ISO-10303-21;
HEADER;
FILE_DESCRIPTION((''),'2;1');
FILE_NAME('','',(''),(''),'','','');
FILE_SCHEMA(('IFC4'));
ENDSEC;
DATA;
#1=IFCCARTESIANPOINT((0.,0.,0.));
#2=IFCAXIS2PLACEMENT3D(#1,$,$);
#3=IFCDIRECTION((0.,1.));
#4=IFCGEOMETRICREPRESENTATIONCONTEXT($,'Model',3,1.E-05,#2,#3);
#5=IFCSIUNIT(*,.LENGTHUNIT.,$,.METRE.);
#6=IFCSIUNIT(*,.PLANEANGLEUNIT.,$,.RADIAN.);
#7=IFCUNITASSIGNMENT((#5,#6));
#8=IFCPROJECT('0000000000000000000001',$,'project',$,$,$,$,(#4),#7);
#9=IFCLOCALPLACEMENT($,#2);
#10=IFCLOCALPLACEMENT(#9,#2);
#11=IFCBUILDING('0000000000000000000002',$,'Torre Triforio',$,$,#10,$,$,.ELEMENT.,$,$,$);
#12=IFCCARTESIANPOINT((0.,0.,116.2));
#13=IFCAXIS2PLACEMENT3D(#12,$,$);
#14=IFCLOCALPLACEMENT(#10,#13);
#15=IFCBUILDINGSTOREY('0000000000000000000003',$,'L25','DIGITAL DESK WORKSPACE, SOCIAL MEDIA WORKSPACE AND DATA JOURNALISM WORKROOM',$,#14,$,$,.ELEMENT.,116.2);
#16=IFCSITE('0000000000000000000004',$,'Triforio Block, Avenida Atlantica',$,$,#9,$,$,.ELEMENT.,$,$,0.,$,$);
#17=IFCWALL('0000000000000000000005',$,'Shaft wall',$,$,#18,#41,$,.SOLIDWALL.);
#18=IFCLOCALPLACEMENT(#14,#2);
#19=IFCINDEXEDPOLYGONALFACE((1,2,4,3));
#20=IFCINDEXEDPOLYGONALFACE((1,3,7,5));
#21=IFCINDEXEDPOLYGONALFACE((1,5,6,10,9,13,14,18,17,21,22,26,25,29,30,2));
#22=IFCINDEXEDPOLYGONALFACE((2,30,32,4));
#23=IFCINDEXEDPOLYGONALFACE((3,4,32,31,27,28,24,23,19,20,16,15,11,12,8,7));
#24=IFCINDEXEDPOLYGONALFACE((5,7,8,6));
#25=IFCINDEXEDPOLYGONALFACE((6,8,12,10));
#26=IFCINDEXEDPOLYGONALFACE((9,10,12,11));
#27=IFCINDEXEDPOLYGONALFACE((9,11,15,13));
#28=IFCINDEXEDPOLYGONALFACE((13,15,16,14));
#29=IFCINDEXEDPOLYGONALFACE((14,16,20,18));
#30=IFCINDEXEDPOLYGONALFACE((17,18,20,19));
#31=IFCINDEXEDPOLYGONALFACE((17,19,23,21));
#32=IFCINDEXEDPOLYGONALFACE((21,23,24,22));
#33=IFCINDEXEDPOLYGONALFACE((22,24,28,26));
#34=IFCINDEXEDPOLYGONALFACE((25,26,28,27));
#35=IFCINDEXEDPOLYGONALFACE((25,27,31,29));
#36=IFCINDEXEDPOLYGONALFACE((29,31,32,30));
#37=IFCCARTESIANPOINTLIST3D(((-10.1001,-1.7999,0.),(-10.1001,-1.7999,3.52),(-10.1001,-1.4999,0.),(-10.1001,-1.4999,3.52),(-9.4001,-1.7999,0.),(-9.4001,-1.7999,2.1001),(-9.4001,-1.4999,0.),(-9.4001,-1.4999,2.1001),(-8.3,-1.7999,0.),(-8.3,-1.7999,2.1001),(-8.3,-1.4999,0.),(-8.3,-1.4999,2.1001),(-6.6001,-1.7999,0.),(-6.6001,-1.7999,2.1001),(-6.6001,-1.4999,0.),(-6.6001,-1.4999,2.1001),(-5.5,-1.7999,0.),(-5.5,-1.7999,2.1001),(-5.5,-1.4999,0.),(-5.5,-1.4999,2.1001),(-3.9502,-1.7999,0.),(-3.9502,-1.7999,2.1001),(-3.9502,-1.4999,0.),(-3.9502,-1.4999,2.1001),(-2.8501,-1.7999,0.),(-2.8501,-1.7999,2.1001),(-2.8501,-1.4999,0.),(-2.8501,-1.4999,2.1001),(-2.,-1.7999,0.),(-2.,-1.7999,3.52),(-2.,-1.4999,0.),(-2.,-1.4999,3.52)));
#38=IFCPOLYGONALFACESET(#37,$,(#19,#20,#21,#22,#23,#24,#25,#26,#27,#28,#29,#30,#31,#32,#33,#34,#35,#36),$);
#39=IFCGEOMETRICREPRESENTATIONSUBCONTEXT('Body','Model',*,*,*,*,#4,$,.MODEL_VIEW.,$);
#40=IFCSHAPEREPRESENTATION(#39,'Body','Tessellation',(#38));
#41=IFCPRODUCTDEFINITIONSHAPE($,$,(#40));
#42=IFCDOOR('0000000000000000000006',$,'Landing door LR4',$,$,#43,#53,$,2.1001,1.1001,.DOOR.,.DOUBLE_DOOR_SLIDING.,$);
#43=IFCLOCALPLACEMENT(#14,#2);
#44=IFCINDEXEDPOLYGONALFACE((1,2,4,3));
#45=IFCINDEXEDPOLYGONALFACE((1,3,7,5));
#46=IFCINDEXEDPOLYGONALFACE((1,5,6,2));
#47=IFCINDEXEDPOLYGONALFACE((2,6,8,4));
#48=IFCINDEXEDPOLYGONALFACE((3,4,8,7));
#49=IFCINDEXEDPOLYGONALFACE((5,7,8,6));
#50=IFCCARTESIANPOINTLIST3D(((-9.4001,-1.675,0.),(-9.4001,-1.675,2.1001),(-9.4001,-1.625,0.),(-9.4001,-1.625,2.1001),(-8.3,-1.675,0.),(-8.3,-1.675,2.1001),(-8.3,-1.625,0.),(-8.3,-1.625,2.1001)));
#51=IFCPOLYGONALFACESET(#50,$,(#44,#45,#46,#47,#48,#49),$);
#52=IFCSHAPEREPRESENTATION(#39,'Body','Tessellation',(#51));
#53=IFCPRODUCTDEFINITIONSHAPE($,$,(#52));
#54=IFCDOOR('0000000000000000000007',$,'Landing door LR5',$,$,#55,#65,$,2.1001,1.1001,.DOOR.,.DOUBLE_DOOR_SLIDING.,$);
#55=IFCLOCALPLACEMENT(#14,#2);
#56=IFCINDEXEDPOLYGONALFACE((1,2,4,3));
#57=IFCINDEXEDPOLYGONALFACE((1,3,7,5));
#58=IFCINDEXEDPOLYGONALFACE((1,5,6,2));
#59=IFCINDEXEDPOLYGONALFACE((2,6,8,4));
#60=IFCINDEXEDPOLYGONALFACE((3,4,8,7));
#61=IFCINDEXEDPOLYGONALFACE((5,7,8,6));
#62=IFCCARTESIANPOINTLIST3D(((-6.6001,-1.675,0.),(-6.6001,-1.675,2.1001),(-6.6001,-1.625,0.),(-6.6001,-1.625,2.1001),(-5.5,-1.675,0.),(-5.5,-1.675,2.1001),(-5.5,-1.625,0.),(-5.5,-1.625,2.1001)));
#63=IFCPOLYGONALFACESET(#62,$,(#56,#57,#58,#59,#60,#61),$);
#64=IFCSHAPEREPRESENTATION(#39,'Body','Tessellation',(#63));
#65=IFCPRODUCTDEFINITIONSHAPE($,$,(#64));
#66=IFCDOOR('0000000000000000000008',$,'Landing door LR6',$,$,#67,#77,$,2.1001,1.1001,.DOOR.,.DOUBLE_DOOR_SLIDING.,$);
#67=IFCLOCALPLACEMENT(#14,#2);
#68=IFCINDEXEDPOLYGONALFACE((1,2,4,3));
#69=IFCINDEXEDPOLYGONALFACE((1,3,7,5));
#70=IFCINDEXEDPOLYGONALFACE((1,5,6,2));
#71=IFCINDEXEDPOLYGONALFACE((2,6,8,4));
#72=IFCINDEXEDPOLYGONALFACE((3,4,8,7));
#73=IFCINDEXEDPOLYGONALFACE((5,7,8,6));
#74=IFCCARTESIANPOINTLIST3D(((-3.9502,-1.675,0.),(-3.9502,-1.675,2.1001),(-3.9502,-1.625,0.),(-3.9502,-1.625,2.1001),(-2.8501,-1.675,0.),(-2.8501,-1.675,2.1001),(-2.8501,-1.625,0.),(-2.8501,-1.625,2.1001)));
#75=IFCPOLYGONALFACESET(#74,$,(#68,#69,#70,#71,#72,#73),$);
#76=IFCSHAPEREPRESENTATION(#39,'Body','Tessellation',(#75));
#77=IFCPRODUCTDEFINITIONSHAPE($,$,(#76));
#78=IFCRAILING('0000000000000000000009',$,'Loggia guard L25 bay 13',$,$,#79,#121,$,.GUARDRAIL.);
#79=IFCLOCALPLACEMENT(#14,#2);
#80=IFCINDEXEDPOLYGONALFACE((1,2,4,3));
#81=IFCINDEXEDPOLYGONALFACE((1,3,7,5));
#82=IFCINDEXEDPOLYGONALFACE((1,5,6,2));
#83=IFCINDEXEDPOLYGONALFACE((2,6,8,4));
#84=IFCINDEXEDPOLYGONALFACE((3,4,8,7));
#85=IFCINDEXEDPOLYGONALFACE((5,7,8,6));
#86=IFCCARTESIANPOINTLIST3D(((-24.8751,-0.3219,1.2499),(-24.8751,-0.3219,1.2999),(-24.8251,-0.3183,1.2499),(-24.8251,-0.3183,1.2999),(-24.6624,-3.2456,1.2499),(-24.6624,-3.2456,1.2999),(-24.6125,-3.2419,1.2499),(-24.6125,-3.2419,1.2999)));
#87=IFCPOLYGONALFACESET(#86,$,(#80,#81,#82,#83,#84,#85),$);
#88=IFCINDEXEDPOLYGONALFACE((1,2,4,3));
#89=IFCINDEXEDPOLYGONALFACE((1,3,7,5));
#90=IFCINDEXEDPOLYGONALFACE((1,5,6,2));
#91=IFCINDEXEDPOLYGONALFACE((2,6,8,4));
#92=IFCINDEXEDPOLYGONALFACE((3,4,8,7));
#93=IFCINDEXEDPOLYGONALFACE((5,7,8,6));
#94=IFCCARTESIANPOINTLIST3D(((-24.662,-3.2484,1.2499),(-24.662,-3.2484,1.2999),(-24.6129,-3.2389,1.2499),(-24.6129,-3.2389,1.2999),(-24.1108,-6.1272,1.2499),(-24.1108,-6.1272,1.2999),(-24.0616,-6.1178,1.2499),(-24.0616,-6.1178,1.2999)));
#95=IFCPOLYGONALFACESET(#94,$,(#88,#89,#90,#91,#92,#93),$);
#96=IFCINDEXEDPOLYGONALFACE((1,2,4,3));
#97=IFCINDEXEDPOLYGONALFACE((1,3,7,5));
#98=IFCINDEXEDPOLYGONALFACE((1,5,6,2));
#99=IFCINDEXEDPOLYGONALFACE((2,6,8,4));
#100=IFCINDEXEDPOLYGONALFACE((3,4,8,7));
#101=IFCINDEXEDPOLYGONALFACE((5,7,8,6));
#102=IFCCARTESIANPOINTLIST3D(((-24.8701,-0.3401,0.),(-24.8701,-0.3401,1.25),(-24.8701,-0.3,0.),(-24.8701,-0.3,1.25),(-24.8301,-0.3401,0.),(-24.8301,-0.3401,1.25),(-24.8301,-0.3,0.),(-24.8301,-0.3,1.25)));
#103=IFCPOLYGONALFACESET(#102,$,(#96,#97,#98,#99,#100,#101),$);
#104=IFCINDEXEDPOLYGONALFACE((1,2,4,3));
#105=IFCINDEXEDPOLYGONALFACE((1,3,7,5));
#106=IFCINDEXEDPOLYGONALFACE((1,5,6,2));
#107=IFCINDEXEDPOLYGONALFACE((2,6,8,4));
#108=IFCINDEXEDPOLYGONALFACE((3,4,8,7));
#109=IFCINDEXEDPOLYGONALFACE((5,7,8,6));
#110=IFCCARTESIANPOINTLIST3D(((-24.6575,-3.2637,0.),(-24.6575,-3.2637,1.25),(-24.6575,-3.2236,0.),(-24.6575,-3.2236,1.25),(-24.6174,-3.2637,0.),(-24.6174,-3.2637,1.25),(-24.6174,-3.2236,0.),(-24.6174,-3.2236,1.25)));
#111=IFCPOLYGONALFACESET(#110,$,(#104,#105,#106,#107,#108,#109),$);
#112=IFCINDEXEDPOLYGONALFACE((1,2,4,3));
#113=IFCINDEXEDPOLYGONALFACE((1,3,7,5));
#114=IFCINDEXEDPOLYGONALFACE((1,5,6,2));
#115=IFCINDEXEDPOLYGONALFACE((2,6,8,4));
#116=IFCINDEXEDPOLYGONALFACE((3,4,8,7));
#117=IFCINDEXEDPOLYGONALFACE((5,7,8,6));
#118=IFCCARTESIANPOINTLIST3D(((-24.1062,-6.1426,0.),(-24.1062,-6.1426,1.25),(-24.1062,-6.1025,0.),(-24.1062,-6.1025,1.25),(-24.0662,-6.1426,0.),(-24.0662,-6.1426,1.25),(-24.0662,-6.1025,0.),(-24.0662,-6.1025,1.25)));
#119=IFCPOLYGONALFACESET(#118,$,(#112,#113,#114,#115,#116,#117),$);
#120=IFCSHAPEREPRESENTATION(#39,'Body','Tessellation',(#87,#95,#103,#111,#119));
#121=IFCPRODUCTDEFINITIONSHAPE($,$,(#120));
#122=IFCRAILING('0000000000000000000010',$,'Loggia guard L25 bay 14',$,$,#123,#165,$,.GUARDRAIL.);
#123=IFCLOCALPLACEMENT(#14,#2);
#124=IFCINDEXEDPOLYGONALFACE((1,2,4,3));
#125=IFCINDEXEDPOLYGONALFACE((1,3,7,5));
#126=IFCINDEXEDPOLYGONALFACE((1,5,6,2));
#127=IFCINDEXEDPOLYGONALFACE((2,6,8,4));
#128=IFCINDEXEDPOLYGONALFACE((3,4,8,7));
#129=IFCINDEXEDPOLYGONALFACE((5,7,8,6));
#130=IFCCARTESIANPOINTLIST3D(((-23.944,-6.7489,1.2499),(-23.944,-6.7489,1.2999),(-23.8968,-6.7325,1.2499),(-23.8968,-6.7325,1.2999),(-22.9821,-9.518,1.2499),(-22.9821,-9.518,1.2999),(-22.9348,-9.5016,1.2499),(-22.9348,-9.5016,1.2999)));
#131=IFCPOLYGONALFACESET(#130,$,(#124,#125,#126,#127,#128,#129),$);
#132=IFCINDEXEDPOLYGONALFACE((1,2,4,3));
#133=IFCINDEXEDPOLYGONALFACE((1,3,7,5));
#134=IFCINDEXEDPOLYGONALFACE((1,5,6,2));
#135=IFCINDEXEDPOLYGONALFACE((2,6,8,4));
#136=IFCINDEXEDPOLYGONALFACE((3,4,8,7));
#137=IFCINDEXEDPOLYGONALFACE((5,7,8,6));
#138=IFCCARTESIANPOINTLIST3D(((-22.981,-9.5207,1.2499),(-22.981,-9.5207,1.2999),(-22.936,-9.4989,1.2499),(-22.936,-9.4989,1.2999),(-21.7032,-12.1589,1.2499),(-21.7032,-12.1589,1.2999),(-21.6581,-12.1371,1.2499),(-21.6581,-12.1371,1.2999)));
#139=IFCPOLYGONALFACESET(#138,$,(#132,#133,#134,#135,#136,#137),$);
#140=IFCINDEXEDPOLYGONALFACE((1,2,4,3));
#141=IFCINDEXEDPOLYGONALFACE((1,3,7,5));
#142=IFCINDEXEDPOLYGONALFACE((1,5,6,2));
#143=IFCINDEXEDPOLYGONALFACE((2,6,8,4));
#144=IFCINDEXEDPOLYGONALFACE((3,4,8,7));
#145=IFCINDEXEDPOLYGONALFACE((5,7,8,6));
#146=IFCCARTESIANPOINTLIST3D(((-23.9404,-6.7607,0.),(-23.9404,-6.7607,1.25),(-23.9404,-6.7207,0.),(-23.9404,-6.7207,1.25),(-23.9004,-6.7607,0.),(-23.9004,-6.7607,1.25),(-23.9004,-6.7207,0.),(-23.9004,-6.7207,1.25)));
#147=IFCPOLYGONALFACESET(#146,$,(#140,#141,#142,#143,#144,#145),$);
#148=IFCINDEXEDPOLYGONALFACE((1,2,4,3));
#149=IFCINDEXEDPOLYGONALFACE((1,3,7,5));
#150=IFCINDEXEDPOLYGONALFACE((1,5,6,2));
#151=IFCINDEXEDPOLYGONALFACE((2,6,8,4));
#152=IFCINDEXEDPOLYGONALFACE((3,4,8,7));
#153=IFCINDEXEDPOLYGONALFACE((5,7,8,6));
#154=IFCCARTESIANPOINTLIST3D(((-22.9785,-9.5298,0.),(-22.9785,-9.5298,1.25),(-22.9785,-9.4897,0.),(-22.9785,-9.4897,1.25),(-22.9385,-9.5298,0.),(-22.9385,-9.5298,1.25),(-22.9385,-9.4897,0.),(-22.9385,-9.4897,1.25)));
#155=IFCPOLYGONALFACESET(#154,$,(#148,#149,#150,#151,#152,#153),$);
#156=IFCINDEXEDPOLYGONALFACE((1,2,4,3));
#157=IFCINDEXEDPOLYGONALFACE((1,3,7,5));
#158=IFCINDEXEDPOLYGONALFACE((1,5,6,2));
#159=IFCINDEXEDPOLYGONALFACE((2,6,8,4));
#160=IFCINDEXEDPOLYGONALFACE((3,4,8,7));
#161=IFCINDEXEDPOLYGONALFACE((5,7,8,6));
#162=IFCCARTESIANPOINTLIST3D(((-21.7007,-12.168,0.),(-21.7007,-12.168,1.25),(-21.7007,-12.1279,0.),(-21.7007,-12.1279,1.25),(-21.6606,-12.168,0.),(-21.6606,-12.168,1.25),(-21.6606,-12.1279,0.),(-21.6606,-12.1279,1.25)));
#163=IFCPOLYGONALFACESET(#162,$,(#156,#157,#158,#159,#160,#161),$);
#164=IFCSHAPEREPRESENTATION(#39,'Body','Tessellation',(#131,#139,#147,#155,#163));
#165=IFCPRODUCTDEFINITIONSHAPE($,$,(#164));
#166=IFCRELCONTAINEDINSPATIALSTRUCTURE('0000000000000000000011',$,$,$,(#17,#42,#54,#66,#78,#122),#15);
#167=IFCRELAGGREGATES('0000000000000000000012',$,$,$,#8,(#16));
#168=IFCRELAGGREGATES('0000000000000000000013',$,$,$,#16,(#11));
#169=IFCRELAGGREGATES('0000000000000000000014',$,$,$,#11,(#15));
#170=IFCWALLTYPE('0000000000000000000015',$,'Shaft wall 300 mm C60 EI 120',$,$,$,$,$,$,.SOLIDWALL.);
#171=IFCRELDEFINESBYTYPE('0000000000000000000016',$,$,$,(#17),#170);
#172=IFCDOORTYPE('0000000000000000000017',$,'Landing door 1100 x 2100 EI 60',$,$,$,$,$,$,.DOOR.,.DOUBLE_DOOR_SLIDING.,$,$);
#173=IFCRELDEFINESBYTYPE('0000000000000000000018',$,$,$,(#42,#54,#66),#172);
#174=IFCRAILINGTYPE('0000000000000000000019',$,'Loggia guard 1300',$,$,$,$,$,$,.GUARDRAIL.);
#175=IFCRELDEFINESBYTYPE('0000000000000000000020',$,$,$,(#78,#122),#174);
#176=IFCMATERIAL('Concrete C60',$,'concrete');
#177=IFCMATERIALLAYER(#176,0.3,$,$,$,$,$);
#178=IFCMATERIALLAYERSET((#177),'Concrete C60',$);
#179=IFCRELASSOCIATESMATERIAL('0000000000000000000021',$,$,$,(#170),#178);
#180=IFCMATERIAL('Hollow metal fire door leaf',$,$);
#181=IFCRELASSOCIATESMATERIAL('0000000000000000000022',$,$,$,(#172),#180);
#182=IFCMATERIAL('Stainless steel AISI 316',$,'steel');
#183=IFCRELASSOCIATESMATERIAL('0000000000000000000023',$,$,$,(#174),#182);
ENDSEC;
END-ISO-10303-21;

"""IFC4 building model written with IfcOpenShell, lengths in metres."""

from ifc_helpers import new_model, si_unit, direction, frame, frame_2d, origin, origin_2d, place, context, subcontext, project, spatial, rectangle, extrude, material, layer, layer_set, type_object, element, fill, save


model = new_model("IFC4")

# Units and contexts
model_context = context("Model", 3, precision=1e-05, world=origin(), true_north=direction((0.0, 1.0)))
body_context = subcontext(model_context, "Body", "Model", "MODEL_VIEW")
ifc_project = project(units=[si_unit("LENGTHUNIT", "METRE"), si_unit("PLANEANGLEUNIT", "RADIAN")], contexts=[model_context])

# Site, building, storey
site_placement = place(None, origin())
site = spatial("IfcSite", under=ifc_project, at=site_placement, Name="Triforio Block, Avenida Atlantica", CompositionType="ELEMENT", RefElevation=0.0)
building_placement = place(site_placement, origin())
building = spatial("IfcBuilding", under=site, at=building_placement, Name="Torre Triforio", CompositionType="ELEMENT")
storey_placement = place(building_placement, frame((0.0, 0.0, 116.2)))
storey = spatial("IfcBuildingStorey", under=building, at=storey_placement, Name="L25", Description="DIGITAL DESK WORKSPACE, SOCIAL MEDIA WORKSPACE AND DATA JOURNALISM WORKROOM", CompositionType="ELEMENT", Elevation=116.2)

# Shared definitions
ifc_material_1 = material(Name="Concrete C60", Category="concrete")

# Shared definitions
ifc_material_2 = material(Name="Hollow metal fire door leaf")

# Shared definitions
ifc_layer_1 = layer(ifc_material_1, 0.3)
ifc_layer_set_1 = layer_set([ifc_layer_1], Name="Concrete C60")
wall_type_1 = type_object("IfcWallType", Name="Shaft wall 300 mm C60 EI 120", PredefinedType="SOLIDWALL", material=ifc_layer_set_1)

# Wall, openings, doors
wall_1_placement = place(storey_placement, frame((-10.1001, -1.6499, 0.0), z_axis=(0.0, 0.0, 1.0), x_axis=(1.0, 0.0, 0.0)))
wall_1 = element("IfcWall", 1, at=wall_1_placement, inside=storey, type_object=wall_type_1, Name="Shaft wall", PredefinedType="SOLIDWALL", context=body_context, shape_type="SweptSolid", body=[
    extrude(rectangle(XDim=8.1001, YDim=0.3, at=frame_2d((4.05, 0.0))), origin(), (0.0, 0.0, 1.0), 3.52),
])
opening_1_placement = place(wall_1_placement, frame((0.7, 0.0, 0.0)))
opening_1 = element("IfcOpeningElement", 2, at=opening_1_placement, cuts=wall_1, PredefinedType="OPENING", context=body_context, shape_type="SweptSolid", body=[
    extrude(rectangle(XDim=1.1001, YDim=2.1001, at=frame_2d((0.55, 1.05))), frame((0.0, 0.1599, 0.0), z_axis=(0.0, -1.0, 0.0), x_axis=(1.0, 0.0, 0.0)), (0.0, 0.0, 1.0), 0.3201),
])
opening_2_placement = place(wall_1_placement, frame((3.5, 0.0, 0.0)))
opening_2 = element("IfcOpeningElement", 3, at=opening_2_placement, cuts=wall_1, PredefinedType="OPENING", context=body_context, shape_type="SweptSolid", body=[
    extrude(rectangle(XDim=1.1001, YDim=2.1001, at=frame_2d((0.55, 1.05))), frame((0.0, 0.1599, 0.0), z_axis=(0.0, -1.0, 0.0), x_axis=(1.0, 0.0, 0.0)), (0.0, 0.0, 1.0), 0.3201),
])
opening_3_placement = place(wall_1_placement, frame((6.1499, 0.0, 0.0)))
opening_3 = element("IfcOpeningElement", 4, at=opening_3_placement, cuts=wall_1, PredefinedType="OPENING", context=body_context, shape_type="SweptSolid", body=[
    extrude(rectangle(XDim=1.1001, YDim=2.1001, at=frame_2d((0.55, 1.05))), frame((0.0, 0.1599, 0.0), z_axis=(0.0, -1.0, 0.0), x_axis=(1.0, 0.0, 0.0)), (0.0, 0.0, 1.0), 0.3201),
])
door_type_1 = type_object("IfcDoorType", Name="Landing door 1100 x 2100 EI 60", OperationType="DOUBLE_DOOR_SLIDING", PredefinedType="DOOR", material=ifc_material_2)
door_1_placement = place(opening_1_placement, origin())
door_1 = element("IfcDoor", 5, at=door_1_placement, inside=storey, type_object=door_type_1, Name="Landing door LR4", OperationType="DOUBLE_DOOR_SLIDING", OverallHeight=2.1001, OverallWidth=1.1001, PredefinedType="DOOR", context=body_context, shape_type="SweptSolid", body=[
    extrude(rectangle(XDim=1.1001, YDim=2.1001, at=frame_2d((0.55, 1.05))), frame((0.0, 0.0249, 0.0), z_axis=(0.0, -1.0, 0.0), x_axis=(1.0, 0.0, 0.0)), (0.0, 0.0, 1.0), 0.05),
])
fill(opening_1, door_1)
door_2_placement = place(opening_2_placement, origin())
door_2 = element("IfcDoor", 6, at=door_2_placement, inside=storey, type_object=door_type_1, Name="Landing door LR5", OperationType="DOUBLE_DOOR_SLIDING", OverallHeight=2.1001, OverallWidth=1.1001, PredefinedType="DOOR", context=body_context, shape_type="SweptSolid", body=[
    extrude(rectangle(XDim=1.1001, YDim=2.1001, at=frame_2d((0.55, 1.05))), frame((0.0, 0.0249, 0.0), z_axis=(0.0, -1.0, 0.0), x_axis=(1.0, 0.0, 0.0)), (0.0, 0.0, 1.0), 0.05),
])
fill(opening_2, door_2)
door_3_placement = place(opening_3_placement, origin())
door_3 = element("IfcDoor", 7, at=door_3_placement, inside=storey, type_object=door_type_1, Name="Landing door LR6", OperationType="DOUBLE_DOOR_SLIDING", OverallHeight=2.1001, OverallWidth=1.1001, PredefinedType="DOOR", context=body_context, shape_type="SweptSolid", body=[
    extrude(rectangle(XDim=1.1001, YDim=2.1001, at=frame_2d((0.55, 1.05))), frame((0.0, 0.0249, 0.0), z_axis=(0.0, -1.0, 0.0), x_axis=(1.0, 0.0, 0.0)), (0.0, 0.0, 1.0), 0.05),
])
fill(opening_3, door_3)

# Railings
ifc_material_3 = material(Name="Stainless steel AISI 316", Category="steel")
railing_type = type_object("IfcRailingType", Name="Loggia guard 1300", PredefinedType="GUARDRAIL", material=ifc_material_3)
railing_1_placement = place(storey_placement, frame((-24.8501, -0.3201, 0.0)))
element("IfcRailing", 8, at=railing_1_placement, inside=storey, type_object=railing_type, Name="Loggia guard L25 bay 13", PredefinedType="GUARDRAIL", context=body_context, shape_type="SweptSolid", body=[
    extrude(rectangle(XDim=0.05, YDim=0.05, at=origin_2d()), frame((0.0, 0.0, 1.2749), z_axis=(0.072543, -0.997365, 0.0), x_axis=(0.997365, 0.072543, 0.0)), (0.0, 0.0, 1.0), 2.9314),
    extrude(rectangle(XDim=0.05, YDim=0.05, at=origin_2d()), frame((0.2126, -2.9236, 1.2749), z_axis=(0.188069, -0.982156, 0.0), x_axis=(0.982156, 0.188069, 0.0)), (0.0, 0.0, 1.0), 2.9312),
    extrude(rectangle(XDim=0.04, YDim=0.04, at=origin_2d()), origin(), (0.0, 0.0, 1.0), 1.25),
    extrude(rectangle(XDim=0.04, YDim=0.04, at=origin_2d()), frame((0.2126, -2.9236, 0.0)), (0.0, 0.0, 1.0), 1.25),
    extrude(rectangle(XDim=0.04, YDim=0.04, at=origin_2d()), frame((0.7639, -5.8025, 0.0)), (0.0, 0.0, 1.0), 1.25),
])
railing_2_placement = place(storey_placement, frame((-23.9204, -6.7407, 0.0)))
element("IfcRailing", 9, at=railing_2_placement, inside=storey, type_object=railing_type, Name="Loggia guard L25 bay 14", PredefinedType="GUARDRAIL", context=body_context, shape_type="SweptSolid", body=[
    extrude(rectangle(XDim=0.05, YDim=0.05, at=origin_2d()), frame((0.0, 0.0, 1.2749), z_axis=(0.328146, -0.944627, 0.0), x_axis=(0.944627, 0.328146, 0.0)), (0.0, 0.0, 1.0), 2.9314),
    extrude(rectangle(XDim=0.05, YDim=0.05, at=origin_2d()), frame((0.9619, -2.769, 1.2749), z_axis=(0.435918, -0.899986, 0.0), x_axis=(0.899986, 0.435918, 0.0)), (0.0, 0.0, 1.0), 2.9314),
    extrude(rectangle(XDim=0.04, YDim=0.04, at=origin_2d()), origin(), (0.0, 0.0, 1.0), 1.25),
    extrude(rectangle(XDim=0.04, YDim=0.04, at=origin_2d()), frame((0.9619, -2.769, 0.0)), (0.0, 0.0, 1.0), 1.25),
    extrude(rectangle(XDim=0.04, YDim=0.04, at=origin_2d()), frame((2.2397, -5.4072, 0.0)), (0.0, 0.0, 1.0), 1.25),
])

save(model, "model.ifc")
